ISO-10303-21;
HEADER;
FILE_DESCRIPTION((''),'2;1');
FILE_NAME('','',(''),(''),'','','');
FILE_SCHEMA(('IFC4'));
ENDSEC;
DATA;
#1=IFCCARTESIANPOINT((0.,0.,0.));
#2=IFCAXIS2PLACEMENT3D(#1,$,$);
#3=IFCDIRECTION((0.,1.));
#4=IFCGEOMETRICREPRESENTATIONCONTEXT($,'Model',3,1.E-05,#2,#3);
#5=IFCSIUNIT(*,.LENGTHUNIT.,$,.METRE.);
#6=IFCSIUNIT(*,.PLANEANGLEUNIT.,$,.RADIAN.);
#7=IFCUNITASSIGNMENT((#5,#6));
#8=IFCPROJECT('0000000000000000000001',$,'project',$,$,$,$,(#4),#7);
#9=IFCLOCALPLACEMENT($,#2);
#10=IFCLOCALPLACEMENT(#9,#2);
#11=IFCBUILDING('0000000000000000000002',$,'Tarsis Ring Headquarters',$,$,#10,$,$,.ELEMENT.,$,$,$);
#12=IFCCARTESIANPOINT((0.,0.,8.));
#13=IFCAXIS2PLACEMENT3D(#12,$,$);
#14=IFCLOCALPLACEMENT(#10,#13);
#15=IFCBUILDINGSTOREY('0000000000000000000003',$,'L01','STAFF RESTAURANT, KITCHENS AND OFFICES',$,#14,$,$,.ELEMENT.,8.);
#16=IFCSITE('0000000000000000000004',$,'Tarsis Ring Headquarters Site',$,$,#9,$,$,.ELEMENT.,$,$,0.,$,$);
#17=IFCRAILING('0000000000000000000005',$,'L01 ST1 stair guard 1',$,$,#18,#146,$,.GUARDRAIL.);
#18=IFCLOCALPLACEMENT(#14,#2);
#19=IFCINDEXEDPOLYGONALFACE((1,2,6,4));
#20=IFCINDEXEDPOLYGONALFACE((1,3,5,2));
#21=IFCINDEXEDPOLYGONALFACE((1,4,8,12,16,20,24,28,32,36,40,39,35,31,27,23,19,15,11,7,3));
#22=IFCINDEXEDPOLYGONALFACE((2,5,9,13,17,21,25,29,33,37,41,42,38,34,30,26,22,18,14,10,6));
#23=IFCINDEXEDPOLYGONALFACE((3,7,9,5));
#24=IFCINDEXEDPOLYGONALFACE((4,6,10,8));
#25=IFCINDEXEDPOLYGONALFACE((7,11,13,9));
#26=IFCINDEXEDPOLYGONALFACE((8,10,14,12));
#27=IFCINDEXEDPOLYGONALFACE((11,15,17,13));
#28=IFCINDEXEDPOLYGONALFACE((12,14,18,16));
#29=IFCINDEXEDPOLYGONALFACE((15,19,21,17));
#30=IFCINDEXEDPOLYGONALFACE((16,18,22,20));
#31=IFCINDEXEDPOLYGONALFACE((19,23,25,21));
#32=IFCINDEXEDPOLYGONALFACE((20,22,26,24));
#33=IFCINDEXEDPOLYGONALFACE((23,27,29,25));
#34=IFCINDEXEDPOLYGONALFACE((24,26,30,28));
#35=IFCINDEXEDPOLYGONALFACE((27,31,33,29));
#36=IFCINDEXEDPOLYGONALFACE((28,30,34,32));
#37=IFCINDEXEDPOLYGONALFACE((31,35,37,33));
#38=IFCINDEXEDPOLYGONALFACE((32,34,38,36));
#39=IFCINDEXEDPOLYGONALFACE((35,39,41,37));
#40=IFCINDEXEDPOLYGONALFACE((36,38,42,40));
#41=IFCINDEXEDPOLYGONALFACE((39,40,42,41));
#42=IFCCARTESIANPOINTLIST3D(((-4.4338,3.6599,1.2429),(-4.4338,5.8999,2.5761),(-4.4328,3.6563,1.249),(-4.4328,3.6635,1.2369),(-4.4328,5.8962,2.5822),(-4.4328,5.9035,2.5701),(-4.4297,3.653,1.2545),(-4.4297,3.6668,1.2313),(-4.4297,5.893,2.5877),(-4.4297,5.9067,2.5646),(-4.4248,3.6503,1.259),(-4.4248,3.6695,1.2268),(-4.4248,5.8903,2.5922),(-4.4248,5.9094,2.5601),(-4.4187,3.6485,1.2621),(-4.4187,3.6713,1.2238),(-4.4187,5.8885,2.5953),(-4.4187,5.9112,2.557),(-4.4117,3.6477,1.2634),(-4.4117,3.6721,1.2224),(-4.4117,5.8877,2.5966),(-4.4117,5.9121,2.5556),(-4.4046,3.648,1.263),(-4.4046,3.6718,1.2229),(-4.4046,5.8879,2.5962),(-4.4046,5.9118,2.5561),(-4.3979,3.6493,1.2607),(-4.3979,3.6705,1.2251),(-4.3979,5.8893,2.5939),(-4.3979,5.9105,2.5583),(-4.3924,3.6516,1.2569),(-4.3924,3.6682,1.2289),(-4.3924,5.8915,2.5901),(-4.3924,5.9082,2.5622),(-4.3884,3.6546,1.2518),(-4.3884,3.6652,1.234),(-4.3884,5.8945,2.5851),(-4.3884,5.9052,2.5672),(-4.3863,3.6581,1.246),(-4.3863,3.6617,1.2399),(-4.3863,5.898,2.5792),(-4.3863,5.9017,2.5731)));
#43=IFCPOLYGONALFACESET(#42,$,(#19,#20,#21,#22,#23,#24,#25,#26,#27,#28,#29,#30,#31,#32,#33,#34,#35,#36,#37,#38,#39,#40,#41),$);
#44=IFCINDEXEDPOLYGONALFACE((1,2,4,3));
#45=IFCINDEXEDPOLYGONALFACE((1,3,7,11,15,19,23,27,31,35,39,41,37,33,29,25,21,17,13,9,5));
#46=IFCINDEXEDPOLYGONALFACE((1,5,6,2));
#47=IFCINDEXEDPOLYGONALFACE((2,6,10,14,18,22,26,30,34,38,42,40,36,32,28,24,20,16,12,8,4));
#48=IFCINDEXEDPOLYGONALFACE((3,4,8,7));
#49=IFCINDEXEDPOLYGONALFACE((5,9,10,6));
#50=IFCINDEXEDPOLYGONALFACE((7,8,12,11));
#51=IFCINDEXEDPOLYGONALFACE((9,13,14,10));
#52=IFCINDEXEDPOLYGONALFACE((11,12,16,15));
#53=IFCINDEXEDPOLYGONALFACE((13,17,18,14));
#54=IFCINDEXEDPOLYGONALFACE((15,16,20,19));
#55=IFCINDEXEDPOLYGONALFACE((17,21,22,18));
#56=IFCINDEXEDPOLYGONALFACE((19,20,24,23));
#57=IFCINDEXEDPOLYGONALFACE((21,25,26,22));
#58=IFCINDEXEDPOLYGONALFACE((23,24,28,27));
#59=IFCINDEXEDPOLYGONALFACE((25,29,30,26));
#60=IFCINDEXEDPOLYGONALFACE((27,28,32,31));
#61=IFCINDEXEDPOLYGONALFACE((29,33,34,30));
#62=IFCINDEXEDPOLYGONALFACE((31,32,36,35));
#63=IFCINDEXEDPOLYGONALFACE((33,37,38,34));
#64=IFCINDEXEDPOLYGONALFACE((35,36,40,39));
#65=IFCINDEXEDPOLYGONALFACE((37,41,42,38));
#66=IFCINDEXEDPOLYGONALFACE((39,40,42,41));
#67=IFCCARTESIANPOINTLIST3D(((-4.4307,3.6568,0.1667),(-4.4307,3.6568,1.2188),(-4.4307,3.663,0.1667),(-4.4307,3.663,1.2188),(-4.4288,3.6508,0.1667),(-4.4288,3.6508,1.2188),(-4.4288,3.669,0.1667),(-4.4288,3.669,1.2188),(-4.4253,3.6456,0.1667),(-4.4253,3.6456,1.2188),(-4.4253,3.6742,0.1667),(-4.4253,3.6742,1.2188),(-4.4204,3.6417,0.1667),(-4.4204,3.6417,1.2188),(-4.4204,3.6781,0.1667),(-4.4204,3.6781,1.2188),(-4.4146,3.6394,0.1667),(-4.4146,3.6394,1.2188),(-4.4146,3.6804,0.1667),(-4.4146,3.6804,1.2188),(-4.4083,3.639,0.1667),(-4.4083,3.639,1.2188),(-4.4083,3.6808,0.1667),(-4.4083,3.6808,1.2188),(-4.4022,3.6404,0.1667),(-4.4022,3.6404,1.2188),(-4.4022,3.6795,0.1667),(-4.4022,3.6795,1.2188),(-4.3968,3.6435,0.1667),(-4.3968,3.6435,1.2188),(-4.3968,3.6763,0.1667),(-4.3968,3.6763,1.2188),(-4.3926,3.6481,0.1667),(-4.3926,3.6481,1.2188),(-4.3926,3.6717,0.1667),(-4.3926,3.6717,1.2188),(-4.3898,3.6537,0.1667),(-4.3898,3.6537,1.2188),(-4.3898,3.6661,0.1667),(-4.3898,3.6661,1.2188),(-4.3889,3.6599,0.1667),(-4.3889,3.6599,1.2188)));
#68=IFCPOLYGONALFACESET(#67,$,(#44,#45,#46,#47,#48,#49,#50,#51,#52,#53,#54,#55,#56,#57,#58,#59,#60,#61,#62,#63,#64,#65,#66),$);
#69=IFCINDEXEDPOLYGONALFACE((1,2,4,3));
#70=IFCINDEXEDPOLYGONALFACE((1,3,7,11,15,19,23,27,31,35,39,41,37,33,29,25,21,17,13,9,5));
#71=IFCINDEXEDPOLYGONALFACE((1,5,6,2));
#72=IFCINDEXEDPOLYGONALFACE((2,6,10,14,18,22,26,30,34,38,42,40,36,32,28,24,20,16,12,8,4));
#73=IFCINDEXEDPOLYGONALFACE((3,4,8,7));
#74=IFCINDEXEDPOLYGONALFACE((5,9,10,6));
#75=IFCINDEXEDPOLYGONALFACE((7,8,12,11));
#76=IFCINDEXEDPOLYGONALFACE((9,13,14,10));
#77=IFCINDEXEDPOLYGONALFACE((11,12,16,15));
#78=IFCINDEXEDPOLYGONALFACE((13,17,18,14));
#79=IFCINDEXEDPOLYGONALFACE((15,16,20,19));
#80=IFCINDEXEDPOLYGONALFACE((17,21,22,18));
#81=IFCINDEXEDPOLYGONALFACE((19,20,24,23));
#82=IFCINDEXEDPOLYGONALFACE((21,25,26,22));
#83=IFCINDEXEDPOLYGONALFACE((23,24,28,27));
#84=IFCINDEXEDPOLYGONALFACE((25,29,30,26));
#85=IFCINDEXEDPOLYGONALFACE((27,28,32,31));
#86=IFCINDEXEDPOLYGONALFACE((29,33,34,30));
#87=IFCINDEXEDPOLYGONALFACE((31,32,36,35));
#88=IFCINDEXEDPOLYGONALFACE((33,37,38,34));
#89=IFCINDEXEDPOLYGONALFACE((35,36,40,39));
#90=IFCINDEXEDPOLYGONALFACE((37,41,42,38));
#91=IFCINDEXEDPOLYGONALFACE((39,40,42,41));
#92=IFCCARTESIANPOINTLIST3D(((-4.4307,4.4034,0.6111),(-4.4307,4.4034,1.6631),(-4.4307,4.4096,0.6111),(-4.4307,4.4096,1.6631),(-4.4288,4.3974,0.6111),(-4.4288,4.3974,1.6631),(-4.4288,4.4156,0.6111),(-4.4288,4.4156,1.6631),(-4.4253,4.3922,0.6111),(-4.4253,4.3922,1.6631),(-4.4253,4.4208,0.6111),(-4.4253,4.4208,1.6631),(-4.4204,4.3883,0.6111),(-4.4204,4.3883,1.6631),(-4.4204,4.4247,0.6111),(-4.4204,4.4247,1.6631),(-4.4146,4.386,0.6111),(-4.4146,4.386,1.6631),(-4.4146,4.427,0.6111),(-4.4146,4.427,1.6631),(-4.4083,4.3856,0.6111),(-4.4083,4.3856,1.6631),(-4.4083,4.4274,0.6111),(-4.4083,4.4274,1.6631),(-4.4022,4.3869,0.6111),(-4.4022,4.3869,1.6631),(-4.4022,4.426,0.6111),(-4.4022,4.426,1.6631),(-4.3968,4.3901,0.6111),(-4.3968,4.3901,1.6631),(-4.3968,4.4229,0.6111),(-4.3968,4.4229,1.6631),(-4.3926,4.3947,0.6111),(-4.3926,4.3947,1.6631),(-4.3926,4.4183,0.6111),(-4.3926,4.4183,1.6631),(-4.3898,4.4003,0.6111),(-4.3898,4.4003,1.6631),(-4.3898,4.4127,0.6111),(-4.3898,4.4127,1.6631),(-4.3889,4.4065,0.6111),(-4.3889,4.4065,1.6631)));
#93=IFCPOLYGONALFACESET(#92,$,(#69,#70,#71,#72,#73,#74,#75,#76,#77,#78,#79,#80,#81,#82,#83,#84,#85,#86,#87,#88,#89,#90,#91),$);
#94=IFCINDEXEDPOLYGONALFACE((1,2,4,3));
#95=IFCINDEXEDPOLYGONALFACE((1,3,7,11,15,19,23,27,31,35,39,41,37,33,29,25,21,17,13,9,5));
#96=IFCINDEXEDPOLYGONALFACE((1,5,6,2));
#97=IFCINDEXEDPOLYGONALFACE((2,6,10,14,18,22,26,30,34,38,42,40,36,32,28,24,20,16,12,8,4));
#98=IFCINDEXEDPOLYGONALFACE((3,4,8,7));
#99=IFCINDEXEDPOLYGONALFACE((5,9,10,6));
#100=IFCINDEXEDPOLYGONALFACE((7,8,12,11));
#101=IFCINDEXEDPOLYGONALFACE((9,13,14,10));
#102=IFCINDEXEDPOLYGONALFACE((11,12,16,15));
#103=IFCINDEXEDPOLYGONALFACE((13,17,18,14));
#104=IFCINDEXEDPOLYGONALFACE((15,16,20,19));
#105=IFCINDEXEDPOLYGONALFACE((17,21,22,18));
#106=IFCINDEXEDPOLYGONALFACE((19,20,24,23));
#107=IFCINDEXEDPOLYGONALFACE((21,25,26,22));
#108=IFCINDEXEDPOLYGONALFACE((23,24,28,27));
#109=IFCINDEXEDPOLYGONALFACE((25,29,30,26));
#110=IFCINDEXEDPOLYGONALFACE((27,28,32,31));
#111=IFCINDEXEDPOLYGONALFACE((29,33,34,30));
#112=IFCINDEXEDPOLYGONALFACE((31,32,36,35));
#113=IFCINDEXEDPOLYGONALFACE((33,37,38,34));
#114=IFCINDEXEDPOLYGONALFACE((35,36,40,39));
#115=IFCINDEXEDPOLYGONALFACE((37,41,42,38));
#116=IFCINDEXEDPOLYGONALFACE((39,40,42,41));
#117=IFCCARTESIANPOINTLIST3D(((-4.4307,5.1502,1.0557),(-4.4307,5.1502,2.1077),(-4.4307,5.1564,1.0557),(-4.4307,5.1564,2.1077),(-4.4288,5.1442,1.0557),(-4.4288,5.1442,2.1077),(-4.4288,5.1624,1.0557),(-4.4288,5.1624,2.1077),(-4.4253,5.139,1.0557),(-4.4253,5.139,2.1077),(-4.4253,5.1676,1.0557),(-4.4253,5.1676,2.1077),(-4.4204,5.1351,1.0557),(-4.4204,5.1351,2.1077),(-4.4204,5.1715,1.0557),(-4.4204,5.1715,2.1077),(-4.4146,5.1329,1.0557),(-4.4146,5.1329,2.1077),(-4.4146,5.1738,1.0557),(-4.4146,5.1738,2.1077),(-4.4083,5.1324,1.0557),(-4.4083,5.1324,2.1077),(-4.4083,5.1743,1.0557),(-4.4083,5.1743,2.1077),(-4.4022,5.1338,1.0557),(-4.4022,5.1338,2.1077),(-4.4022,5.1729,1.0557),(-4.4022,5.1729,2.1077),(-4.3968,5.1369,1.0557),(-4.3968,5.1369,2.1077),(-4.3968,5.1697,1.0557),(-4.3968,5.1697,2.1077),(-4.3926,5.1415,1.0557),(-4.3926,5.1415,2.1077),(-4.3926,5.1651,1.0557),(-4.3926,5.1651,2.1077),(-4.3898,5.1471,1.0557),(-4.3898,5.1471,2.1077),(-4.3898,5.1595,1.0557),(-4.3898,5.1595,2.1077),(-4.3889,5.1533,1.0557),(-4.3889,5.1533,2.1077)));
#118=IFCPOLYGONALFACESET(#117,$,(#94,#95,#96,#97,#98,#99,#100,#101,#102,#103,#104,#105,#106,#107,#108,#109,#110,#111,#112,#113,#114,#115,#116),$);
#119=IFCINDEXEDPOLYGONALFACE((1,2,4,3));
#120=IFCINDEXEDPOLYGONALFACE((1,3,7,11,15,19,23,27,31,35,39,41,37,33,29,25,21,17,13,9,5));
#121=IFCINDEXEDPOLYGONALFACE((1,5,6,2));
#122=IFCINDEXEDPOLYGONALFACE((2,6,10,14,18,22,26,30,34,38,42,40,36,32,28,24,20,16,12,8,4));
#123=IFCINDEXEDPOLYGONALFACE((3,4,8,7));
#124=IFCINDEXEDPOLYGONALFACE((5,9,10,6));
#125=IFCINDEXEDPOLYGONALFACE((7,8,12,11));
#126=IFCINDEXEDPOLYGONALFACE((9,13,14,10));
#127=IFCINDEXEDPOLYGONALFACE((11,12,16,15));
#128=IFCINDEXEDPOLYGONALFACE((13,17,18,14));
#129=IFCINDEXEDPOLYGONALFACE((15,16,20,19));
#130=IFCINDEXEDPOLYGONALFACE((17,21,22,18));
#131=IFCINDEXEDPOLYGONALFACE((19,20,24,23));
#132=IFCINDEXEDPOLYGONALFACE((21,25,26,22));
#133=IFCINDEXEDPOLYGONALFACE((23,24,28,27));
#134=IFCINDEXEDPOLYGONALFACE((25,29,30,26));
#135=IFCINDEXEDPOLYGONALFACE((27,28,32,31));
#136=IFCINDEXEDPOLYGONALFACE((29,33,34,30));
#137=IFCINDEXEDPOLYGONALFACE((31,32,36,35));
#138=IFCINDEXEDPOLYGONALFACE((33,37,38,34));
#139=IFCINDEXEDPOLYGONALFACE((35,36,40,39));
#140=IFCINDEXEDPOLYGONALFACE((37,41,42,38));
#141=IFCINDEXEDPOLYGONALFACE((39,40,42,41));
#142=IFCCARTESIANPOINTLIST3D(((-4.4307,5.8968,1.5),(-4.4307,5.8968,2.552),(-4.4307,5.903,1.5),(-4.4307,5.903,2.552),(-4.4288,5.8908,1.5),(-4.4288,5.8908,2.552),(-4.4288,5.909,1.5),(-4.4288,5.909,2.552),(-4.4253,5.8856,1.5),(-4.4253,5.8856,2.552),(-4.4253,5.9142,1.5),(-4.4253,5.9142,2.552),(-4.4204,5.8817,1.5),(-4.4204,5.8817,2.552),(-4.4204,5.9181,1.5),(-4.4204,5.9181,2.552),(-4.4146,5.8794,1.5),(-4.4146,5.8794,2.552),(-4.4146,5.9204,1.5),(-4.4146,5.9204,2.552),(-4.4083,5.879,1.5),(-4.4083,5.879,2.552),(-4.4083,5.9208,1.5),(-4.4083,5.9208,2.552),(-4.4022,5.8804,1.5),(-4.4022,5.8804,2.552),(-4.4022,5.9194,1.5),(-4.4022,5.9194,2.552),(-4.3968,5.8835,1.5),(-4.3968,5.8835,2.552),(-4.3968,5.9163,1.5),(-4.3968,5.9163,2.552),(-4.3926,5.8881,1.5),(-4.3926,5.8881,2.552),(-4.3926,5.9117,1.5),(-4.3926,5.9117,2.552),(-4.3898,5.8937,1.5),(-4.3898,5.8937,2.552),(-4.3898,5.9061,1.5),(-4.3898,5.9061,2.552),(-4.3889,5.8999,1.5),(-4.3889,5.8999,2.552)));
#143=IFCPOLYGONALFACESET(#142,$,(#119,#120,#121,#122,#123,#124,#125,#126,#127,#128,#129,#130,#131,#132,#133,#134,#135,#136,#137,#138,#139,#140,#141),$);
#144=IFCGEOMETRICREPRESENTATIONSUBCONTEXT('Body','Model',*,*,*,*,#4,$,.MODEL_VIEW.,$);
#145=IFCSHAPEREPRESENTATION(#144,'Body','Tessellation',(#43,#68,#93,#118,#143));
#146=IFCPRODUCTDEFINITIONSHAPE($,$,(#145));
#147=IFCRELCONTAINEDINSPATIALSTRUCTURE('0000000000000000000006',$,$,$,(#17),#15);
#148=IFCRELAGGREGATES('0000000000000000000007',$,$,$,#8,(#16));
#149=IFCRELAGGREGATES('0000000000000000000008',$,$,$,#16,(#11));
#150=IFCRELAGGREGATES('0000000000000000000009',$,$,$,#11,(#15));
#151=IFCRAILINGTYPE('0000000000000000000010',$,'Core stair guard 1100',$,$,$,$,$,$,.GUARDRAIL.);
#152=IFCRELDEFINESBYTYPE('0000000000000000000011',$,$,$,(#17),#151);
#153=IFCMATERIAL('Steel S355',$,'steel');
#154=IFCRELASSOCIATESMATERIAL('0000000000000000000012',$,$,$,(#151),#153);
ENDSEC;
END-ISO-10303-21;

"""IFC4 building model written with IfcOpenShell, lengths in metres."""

from ifc_helpers import new_model, si_unit, direction, frame, origin, origin_2d, place, context, subcontext, project, spatial, circle, extrude, material, type_object, element, save


model = new_model("IFC4")

# Units and contexts
model_context = context("Model", 3, precision=1e-05, world=origin(), true_north=direction((0.0, 1.0)))
body_context = subcontext(model_context, "Body", "Model", "MODEL_VIEW")
ifc_project = project(units=[si_unit("LENGTHUNIT", "METRE"), si_unit("PLANEANGLEUNIT", "RADIAN")], contexts=[model_context])

# Site, building, storey
site_placement = place(None, origin())
site = spatial("IfcSite", under=ifc_project, at=site_placement, Name="Tarsis Ring Headquarters Site", CompositionType="ELEMENT", RefElevation=0.0)
building_placement = place(site_placement, origin())
building = spatial("IfcBuilding", under=site, at=building_placement, Name="Tarsis Ring Headquarters", CompositionType="ELEMENT")
storey_placement = place(building_placement, frame((0.0, 0.0, 8.0)))
storey = spatial("IfcBuildingStorey", under=building, at=storey_placement, Name="L01", Description="STAFF RESTAURANT, KITCHENS AND OFFICES", CompositionType="ELEMENT", Elevation=8.0)

# Shared definitions
ifc_material_1 = material(Name="Steel S355", Category="steel")

# Railing
railing_type_1 = type_object("IfcRailingType", Name="Core stair guard 1100", PredefinedType="GUARDRAIL", material=ifc_material_1)
railing_1_placement = place(storey_placement, frame((-4.4099, 3.6599, 0.1667)))
element("IfcRailing", 1, at=railing_1_placement, inside=storey, type_object=railing_type_1, Name="L01 ST1 stair guard 1", PredefinedType="GUARDRAIL", context=body_context, shape_type="SweptSolid", body=[
    extrude(circle(Radius=0.0239, at=origin_2d()), frame((0.0, 0.0, 1.0762), z_axis=(0.0, 0.859306, 0.511462), x_axis=(-1.0, 0.0, 0.0)), (0.0, 0.0, 1.0), 2.6067),
    extrude(circle(Radius=0.021, at=origin_2d()), origin(), (0.0, 0.0, 1.0), 1.052),
    extrude(circle(Radius=0.021, at=origin_2d()), frame((0.0, 0.7466, 0.4443)), (0.0, 0.0, 1.0), 1.052),
    extrude(circle(Radius=0.021, at=origin_2d()), frame((0.0, 1.4934, 0.8889)), (0.0, 0.0, 1.0), 1.052),
    extrude(circle(Radius=0.021, at=origin_2d()), frame((0.0, 2.24, 1.3333)), (0.0, 0.0, 1.0), 1.052),
])

save(model, "model.ifc")
